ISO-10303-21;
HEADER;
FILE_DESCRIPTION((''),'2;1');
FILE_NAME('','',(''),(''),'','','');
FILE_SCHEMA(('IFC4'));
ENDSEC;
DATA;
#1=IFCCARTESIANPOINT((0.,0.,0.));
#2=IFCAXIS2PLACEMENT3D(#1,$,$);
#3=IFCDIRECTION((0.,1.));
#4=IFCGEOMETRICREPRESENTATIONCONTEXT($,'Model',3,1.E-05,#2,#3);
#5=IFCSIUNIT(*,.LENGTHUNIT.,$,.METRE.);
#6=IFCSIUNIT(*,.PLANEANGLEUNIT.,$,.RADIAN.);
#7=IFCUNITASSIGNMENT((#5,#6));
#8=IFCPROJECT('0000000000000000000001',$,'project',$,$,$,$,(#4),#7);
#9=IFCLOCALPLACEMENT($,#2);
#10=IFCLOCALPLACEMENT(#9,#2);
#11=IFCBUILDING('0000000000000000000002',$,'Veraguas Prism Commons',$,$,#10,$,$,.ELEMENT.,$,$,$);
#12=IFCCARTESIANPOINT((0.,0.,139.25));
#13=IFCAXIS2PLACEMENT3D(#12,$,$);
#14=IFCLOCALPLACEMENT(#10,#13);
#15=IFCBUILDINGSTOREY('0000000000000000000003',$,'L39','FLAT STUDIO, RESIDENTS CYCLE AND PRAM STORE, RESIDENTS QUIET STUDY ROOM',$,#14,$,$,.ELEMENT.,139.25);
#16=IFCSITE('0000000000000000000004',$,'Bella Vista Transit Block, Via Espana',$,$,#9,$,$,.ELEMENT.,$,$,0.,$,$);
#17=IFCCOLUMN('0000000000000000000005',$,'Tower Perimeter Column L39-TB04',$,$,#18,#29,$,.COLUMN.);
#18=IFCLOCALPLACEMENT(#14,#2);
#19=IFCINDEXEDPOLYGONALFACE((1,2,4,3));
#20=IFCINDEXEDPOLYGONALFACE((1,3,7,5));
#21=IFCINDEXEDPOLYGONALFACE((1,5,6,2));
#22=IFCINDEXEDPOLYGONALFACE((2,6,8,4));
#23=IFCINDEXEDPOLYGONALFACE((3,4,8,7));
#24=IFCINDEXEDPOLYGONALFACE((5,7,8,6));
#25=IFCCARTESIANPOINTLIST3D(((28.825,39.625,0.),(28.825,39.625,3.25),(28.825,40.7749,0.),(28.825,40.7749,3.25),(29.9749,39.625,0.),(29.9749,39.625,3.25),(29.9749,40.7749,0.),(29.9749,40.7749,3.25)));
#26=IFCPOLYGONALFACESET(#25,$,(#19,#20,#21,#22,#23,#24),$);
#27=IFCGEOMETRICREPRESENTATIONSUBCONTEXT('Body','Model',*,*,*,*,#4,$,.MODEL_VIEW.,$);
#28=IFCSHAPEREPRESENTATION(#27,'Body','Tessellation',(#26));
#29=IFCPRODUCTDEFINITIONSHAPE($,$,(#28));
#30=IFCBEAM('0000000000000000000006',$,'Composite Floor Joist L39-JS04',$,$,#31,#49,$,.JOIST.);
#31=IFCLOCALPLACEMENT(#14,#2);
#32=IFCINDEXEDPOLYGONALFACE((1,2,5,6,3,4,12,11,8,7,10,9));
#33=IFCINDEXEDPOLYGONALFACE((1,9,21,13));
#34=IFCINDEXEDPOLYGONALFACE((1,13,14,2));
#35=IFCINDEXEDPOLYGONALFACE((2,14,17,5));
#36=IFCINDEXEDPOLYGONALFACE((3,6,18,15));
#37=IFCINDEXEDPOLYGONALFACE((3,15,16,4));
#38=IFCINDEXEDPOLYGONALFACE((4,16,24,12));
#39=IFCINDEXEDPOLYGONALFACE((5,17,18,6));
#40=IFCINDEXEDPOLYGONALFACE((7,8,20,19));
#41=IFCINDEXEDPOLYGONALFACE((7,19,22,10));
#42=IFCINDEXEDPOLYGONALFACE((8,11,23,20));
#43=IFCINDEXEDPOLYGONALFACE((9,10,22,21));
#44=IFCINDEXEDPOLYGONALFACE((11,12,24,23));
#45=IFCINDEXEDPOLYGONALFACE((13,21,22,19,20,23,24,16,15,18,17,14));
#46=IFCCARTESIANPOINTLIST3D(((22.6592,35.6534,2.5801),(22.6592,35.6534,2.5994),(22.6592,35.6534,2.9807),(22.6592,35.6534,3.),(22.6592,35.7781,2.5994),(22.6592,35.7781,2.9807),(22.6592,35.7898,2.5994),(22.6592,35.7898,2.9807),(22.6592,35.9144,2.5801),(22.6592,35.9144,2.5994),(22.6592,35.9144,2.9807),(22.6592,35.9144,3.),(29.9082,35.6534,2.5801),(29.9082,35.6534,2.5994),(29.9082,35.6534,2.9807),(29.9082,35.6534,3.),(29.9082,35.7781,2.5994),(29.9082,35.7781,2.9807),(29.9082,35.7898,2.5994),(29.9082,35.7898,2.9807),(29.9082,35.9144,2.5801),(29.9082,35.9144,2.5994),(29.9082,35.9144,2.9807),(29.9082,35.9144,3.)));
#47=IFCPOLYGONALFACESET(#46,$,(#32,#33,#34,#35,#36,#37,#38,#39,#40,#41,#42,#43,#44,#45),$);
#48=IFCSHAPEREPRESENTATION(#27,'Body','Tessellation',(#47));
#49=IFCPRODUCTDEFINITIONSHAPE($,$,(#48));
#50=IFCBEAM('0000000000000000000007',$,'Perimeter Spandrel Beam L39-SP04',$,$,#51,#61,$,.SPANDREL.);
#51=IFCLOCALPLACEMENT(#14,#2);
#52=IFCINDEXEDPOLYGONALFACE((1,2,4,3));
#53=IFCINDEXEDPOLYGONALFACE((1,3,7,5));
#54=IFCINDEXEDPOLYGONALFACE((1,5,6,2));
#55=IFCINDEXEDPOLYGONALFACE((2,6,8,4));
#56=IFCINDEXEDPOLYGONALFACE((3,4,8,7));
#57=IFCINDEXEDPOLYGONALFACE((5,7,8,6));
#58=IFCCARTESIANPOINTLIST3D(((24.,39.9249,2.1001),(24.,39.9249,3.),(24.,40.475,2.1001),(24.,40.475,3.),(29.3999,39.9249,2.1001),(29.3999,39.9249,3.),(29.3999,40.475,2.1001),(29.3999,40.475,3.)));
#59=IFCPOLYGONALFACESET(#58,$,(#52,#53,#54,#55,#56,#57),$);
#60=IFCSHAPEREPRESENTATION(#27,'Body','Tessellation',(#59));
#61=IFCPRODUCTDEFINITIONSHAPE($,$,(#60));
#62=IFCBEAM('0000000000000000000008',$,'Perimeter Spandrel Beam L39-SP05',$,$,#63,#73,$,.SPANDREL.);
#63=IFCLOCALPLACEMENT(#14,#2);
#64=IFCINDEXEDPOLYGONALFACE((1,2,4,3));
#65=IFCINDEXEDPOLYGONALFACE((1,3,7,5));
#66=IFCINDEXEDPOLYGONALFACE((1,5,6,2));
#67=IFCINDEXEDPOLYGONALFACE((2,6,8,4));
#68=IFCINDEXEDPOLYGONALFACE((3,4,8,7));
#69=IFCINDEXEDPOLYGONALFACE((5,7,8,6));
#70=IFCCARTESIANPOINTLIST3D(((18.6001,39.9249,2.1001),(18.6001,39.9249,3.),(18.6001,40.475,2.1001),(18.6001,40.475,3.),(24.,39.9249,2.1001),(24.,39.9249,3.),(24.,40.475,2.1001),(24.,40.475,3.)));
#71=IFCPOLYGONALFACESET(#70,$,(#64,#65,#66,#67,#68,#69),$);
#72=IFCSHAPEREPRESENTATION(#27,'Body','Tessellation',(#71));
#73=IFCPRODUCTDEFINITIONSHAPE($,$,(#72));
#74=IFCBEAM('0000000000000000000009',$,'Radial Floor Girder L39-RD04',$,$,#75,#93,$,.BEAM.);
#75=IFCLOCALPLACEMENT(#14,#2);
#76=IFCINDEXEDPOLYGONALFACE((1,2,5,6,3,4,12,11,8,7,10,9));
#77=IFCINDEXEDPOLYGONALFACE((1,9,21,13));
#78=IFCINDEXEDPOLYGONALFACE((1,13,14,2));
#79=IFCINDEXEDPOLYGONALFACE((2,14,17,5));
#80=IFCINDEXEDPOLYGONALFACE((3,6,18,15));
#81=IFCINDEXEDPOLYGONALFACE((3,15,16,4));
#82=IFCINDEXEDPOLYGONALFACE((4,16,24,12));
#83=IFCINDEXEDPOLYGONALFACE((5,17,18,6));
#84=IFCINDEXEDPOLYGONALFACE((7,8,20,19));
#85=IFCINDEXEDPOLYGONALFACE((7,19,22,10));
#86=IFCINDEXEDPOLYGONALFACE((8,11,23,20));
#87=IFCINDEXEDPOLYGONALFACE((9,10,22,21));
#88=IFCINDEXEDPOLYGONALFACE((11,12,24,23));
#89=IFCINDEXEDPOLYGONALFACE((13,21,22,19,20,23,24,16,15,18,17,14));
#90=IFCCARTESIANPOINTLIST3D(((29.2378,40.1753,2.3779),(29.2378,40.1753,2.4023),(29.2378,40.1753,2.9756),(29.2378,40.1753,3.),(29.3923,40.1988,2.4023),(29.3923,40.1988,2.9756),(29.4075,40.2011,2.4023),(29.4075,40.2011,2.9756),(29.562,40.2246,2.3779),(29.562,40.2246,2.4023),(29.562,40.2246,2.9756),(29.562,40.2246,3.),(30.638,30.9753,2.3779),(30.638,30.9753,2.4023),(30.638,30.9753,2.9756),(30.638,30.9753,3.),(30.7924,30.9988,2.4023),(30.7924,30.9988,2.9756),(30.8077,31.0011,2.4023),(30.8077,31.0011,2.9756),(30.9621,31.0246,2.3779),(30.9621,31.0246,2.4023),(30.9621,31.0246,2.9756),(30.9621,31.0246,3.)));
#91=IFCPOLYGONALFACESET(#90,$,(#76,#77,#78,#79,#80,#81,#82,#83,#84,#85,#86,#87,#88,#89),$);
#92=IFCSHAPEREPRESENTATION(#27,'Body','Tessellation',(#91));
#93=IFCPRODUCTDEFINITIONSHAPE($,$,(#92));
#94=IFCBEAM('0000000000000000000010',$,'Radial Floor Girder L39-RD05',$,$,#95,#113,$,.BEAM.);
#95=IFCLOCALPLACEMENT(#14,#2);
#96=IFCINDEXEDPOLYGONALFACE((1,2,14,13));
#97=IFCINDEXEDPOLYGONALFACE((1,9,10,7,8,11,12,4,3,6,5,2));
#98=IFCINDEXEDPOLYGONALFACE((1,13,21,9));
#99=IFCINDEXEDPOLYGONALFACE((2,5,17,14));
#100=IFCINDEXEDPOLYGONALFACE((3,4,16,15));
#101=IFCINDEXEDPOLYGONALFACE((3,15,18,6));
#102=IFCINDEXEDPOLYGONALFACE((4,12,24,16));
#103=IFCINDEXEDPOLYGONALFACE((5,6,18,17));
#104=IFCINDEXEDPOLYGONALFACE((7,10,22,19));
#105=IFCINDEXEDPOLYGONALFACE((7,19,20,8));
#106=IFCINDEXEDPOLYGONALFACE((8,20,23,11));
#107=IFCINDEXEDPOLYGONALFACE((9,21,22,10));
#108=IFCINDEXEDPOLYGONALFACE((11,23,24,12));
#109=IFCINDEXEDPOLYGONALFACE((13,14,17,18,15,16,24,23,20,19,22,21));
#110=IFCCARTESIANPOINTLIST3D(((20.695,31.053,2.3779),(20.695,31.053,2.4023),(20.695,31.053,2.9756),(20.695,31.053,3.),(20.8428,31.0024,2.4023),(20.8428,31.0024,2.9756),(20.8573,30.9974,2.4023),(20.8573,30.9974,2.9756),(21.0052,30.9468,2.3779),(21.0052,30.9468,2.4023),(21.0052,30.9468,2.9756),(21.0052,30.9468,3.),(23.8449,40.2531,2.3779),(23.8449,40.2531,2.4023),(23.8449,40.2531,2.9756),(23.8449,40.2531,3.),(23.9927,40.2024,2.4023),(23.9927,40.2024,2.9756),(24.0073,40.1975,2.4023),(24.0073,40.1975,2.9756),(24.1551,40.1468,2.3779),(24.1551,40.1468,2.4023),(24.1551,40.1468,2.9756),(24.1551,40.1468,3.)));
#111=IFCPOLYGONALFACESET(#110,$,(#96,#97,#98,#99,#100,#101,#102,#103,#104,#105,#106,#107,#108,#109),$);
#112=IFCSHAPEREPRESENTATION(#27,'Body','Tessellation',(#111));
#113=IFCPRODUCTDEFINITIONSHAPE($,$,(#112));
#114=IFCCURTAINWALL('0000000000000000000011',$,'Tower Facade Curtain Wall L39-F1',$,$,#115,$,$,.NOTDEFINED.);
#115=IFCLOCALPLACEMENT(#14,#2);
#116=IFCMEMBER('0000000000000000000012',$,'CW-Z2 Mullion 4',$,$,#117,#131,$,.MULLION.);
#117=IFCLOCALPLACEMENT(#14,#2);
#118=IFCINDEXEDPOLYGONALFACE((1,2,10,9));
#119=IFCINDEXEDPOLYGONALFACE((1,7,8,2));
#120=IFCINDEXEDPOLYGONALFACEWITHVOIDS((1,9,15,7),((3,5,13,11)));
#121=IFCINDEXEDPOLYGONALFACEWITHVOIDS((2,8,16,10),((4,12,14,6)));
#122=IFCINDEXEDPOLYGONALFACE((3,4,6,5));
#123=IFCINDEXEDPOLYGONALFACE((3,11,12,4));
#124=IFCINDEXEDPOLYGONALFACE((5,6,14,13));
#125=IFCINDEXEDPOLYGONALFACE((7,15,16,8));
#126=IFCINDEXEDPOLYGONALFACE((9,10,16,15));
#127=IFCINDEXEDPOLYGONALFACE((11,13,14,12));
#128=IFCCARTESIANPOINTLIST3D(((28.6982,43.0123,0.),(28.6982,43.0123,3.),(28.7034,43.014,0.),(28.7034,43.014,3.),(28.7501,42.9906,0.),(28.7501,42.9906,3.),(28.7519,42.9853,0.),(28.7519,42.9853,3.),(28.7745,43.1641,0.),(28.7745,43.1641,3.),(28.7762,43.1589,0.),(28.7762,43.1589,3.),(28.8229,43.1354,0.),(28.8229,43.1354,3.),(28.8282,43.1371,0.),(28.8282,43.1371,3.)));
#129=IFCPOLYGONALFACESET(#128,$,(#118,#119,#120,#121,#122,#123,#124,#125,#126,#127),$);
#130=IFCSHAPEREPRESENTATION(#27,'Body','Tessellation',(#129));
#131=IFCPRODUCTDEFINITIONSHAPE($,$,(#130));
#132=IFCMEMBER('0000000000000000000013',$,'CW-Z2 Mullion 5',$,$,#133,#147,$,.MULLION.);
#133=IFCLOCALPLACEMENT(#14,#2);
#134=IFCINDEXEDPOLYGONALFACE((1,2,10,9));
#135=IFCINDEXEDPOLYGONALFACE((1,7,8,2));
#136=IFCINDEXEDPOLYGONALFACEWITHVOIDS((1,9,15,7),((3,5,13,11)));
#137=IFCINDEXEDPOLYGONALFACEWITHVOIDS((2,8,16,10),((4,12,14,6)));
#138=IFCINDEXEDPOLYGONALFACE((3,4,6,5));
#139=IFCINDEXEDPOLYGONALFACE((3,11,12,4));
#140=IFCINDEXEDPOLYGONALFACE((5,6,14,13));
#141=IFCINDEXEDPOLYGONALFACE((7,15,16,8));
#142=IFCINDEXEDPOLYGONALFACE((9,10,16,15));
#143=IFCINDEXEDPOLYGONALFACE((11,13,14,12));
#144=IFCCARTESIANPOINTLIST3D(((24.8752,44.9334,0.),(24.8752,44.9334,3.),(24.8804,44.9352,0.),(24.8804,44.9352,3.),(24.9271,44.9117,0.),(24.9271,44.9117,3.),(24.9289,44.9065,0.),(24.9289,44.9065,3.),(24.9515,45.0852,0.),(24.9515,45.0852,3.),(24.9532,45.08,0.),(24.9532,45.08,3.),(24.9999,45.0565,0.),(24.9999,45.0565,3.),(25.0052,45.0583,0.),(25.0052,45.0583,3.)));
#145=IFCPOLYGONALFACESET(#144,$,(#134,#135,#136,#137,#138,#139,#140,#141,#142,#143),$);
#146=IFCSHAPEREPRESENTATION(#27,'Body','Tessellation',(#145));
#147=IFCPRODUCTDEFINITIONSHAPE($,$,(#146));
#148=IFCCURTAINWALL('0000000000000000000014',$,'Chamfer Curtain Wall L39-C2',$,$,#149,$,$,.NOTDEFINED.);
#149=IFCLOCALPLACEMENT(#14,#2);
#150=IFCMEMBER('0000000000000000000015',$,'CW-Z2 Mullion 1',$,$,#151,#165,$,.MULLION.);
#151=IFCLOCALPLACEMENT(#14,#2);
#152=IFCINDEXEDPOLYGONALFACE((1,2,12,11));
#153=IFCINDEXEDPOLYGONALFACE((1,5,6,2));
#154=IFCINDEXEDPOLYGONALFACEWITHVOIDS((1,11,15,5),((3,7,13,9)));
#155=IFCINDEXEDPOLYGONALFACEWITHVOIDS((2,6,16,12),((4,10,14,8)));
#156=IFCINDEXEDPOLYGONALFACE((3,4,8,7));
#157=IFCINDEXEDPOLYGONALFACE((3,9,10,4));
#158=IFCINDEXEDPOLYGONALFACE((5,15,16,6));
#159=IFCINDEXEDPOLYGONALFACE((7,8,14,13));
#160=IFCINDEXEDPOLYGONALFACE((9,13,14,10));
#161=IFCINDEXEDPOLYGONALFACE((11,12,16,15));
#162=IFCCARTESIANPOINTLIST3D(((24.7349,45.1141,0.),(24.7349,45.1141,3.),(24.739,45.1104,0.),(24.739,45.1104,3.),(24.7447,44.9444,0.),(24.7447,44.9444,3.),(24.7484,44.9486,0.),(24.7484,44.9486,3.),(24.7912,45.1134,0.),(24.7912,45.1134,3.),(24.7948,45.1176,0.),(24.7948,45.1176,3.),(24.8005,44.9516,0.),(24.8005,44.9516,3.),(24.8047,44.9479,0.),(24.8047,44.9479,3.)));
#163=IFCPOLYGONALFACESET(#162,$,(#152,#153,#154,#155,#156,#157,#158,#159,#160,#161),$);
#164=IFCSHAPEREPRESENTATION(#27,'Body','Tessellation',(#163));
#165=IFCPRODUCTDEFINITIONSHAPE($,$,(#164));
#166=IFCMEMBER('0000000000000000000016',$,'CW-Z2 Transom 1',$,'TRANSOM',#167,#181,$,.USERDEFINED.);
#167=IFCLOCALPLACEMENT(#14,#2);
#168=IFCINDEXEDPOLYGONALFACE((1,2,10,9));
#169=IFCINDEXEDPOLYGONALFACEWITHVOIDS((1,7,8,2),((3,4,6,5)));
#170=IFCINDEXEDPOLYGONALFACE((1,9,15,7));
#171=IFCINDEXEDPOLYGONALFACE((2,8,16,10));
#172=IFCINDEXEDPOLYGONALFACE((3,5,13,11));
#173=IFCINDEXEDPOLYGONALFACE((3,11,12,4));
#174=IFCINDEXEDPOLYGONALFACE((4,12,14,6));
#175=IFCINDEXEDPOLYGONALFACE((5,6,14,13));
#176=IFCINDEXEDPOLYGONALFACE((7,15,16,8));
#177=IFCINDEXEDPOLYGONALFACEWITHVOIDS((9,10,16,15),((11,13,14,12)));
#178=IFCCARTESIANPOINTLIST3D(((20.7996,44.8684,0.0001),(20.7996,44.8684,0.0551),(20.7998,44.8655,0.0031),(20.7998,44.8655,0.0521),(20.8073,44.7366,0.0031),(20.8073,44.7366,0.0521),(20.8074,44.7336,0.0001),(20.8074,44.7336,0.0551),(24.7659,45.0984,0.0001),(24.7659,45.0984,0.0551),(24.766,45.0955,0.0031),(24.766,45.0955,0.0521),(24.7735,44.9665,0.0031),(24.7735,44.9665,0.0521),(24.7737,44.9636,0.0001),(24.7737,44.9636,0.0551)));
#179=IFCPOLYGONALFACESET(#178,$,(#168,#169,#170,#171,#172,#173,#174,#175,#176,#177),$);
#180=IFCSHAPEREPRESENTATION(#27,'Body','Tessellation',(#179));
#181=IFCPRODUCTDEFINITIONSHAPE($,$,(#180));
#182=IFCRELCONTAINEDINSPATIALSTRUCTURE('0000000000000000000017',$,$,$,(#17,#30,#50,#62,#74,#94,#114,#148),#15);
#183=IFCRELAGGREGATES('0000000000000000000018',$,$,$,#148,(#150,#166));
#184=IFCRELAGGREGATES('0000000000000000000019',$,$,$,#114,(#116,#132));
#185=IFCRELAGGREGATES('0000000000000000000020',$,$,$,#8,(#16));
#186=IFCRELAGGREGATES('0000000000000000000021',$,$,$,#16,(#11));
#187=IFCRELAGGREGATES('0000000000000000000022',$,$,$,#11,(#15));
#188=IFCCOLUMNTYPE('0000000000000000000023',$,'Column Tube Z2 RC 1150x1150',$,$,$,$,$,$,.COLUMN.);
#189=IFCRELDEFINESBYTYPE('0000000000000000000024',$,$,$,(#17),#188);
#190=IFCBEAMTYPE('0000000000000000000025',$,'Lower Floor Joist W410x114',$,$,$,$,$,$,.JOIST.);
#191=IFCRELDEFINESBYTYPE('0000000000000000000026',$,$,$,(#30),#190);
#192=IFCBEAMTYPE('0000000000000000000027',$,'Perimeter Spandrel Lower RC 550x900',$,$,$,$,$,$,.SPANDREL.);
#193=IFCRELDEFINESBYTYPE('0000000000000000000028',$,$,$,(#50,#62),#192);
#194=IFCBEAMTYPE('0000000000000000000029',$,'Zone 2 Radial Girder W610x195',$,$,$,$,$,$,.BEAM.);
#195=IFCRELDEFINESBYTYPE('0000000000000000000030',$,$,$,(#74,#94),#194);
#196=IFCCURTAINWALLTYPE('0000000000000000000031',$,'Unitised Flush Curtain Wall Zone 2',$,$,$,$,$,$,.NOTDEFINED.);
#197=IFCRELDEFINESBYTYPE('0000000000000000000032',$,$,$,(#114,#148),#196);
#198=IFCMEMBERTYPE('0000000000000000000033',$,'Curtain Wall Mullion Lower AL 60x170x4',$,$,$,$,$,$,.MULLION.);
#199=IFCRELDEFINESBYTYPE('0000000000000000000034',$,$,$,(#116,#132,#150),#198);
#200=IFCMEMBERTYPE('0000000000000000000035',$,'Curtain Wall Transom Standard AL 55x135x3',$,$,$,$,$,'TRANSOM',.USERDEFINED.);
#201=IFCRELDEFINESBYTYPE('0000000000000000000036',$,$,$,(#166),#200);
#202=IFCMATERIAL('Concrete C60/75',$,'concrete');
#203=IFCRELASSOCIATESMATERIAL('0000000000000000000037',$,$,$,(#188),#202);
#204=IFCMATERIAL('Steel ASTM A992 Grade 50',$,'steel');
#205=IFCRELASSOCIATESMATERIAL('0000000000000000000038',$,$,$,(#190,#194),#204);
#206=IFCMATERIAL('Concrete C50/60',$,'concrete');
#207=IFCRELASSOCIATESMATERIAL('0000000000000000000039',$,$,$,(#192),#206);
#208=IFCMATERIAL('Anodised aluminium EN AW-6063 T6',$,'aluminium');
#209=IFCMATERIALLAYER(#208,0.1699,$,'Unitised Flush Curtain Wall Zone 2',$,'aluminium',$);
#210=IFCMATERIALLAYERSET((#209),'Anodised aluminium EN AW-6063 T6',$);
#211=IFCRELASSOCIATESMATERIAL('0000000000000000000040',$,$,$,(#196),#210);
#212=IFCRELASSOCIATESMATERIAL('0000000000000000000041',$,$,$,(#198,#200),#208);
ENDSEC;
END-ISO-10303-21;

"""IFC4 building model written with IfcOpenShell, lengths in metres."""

from ifc_helpers import new_model, si_unit, direction, frame, origin, origin_2d, place, context, subcontext, project, spatial, rectangle, hollow_rectangle, i_section, extrude, source, transform, mapped, material, layer, layer_set, material_profile, profile_set, type_object, element, aggregate, save


model = new_model("IFC4")

# Units and contexts
model_context = context("Model", 3, precision=1e-05, world=origin(), true_north=direction((0.0, 1.0)))
body_context = subcontext(model_context, "Body", "Model", "MODEL_VIEW")
ifc_project = project(units=[si_unit("LENGTHUNIT", "METRE"), si_unit("PLANEANGLEUNIT", "RADIAN")], contexts=[model_context])

# Site, building, storey
site_placement = place(None, origin())
site = spatial("IfcSite", under=ifc_project, at=site_placement, Name="Bella Vista Transit Block, Via Espana", CompositionType="ELEMENT", RefElevation=0.0)
building_placement = place(site_placement, origin())
building = spatial("IfcBuilding", under=site, at=building_placement, Name="Veraguas Prism Commons", CompositionType="ELEMENT")
storey_placement = place(building_placement, frame((0.0, 0.0, 139.25)))
storey = spatial("IfcBuildingStorey", under=building, at=storey_placement, Name="L39", Description="FLAT STUDIO, RESIDENTS CYCLE AND PRAM STORE, RESIDENTS QUIET STUDY ROOM", CompositionType="ELEMENT", Elevation=139.25)

# Column
ifc_material_1 = material(Name="Concrete C60/75", Category="concrete")
ifc_material_profile_1 = material_profile(ifc_material_1, rectangle(XDim=1.1499, YDim=1.1499, at=origin_2d()), Name="RC1150X1150")
ifc_profile_set_1 = profile_set([ifc_material_profile_1], Name="Concrete C60/75")
column_type = type_object("IfcColumnType", Name="Column Tube Z2 RC 1150x1150", PredefinedType="COLUMN", material=ifc_profile_set_1)
column_placement = place(storey_placement, frame((29.3999, 40.2, 0.0), z_axis=(0.0, 0.0, 1.0), x_axis=(1.0, 0.0, 0.0)))
element("IfcColumn", 1, at=column_placement, inside=storey, type_object=column_type, Name="Tower Perimeter Column L39-TB04", PredefinedType="COLUMN", context=body_context, shape_type="SweptSolid", body=[
    extrude(rectangle(XDim=1.1499, YDim=1.1499, at=origin_2d()), origin(), (0.0, 0.0, 1.0), 3.25),
])

# Beams
ifc_material_2 = material(Name="Steel ASTM A992 Grade 50", Category="steel")
ifc_material_profile_2 = material_profile(ifc_material_2, i_section(OverallWidth=0.261, OverallDepth=0.4199, WebThickness=0.0117, FlangeThickness=0.0193, at=origin_2d()), Name="W410X114")
ifc_profile_set_2 = profile_set([ifc_material_profile_2], Name="Steel ASTM A992 Grade 50")
beam_type_1 = type_object("IfcBeamType", Name="Lower Floor Joist W410x114", PredefinedType="JOIST", material=ifc_profile_set_2)
beam_1_placement = place(storey_placement, frame((29.9082, 35.7839, 2.79), z_axis=(-1.0, 0.0, 0.0), x_axis=(0.0, -1.0, 0.0)))
element("IfcBeam", 2, at=beam_1_placement, inside=storey, type_object=beam_type_1, Name="Composite Floor Joist L39-JS04", PredefinedType="JOIST", context=body_context, shape_type="SweptSolid", body=[
    extrude(i_section(OverallWidth=0.261, OverallDepth=0.4199, WebThickness=0.0117, FlangeThickness=0.0193, at=origin_2d()), origin(), (0.0, 0.0, 1.0), 7.249),
])
ifc_material_3 = material(Name="Concrete C50/60", Category="concrete")
ifc_material_profile_3 = material_profile(ifc_material_3, rectangle(XDim=0.55, YDim=0.8999, at=origin_2d()), Name="RC550X900")
ifc_profile_set_3 = profile_set([ifc_material_profile_3], Name="Concrete C50/60")
beam_type_2 = type_object("IfcBeamType", Name="Perimeter Spandrel Lower RC 550x900", PredefinedType="SPANDREL", material=ifc_profile_set_3)
for number, where, z_axis, x_axis, name in (
    (3, (29.3999, 40.2, 2.55), (-1.0, 0.0, 0.0), (0.0, -1.0, 0.0), "Perimeter Spandrel Beam L39-SP04"),
    (4, (24.0, 40.2, 2.55), (-1.0, 0.0, 0.0), (0.0, -1.0, 0.0), "Perimeter Spandrel Beam L39-SP05"),
):
    element("IfcBeam", number, at=place(storey_placement, frame(where, z_axis=z_axis, x_axis=x_axis)), inside=storey, type_object=beam_type_2, Name=name, PredefinedType="SPANDREL", context=body_context, shape_type="SweptSolid", body=[
        extrude(rectangle(XDim=0.55, YDim=0.8999, at=origin_2d()), origin(), (0.0, 0.0, 1.0), 5.3999),
    ])
ifc_material_profile_4 = material_profile(ifc_material_2, i_section(OverallWidth=0.3279, OverallDepth=0.6221, WebThickness=0.0154, FlangeThickness=0.0244, at=origin_2d()), Name="W610X195")
ifc_profile_set_4 = profile_set([ifc_material_profile_4], Name="Steel ASTM A992 Grade 50")
beam_type_3 = type_object("IfcBeamType", Name="Zone 2 Radial Girder W610x195", PredefinedType="BEAM", material=ifc_profile_set_4)
beam_2_placement = place(storey_placement, frame((29.3999, 40.2, 2.689), z_axis=(0.150458, -0.988616, 0.0), x_axis=(0.988616, 0.150458, 0.0)))
element("IfcBeam", 5, at=beam_2_placement, inside=storey, type_object=beam_type_3, Name="Radial Floor Girder L39-RD04", PredefinedType="BEAM", context=body_context, shape_type="SweptSolid", body=[
    extrude(i_section(OverallWidth=0.3279, OverallDepth=0.6221, WebThickness=0.0154, FlangeThickness=0.0244, at=origin_2d()), origin(), (0.0, 0.0, 1.0), 9.3059),
])
beam_3_placement = place(storey_placement, frame((24.0, 40.2, 2.689), z_axis=(-0.323922, -0.946084, 0.0), x_axis=(0.946084, -0.323922, 0.0)))
element("IfcBeam", 6, at=beam_3_placement, inside=storey, type_object=beam_type_3, Name="Radial Floor Girder L39-RD05", PredefinedType="BEAM", context=body_context, shape_type="SweptSolid", body=[
    extrude(i_section(OverallWidth=0.3279, OverallDepth=0.6221, WebThickness=0.0154, FlangeThickness=0.0244, at=origin_2d()), origin(), (0.0, 0.0, 1.0), 9.7244),
])

# Curtain walls, members
ifc_material_4 = material(Name="Anodised aluminium EN AW-6063 T6", Category="aluminium")
ifc_layer_1 = layer(ifc_material_4, 0.1699, Name="Unitised Flush Curtain Wall Zone 2", Category="aluminium")
ifc_layer_set_1 = layer_set([ifc_layer_1], Name="Anodised aluminium EN AW-6063 T6")
curtain_wall_type = type_object("IfcCurtainWallType", Name="Unitised Flush Curtain Wall Zone 2", PredefinedType="NOTDEFINED", material=ifc_layer_set_1)
curtain_wall_1_placement = place(storey_placement, origin())
curtain_wall_1 = element("IfcCurtainWall", 7, at=curtain_wall_1_placement, inside=storey, type_object=curtain_wall_type, Name="Tower Facade Curtain Wall L39-F1", PredefinedType="NOTDEFINED")
ifc_material_profile_5 = material_profile(ifc_material_4, hollow_rectangle(XDim=0.0601, YDim=0.1699, WallThickness=0.0039, at=origin_2d()), Name="AL60X170X4")
ifc_profile_set_5 = profile_set([ifc_material_profile_5], Name="Anodised aluminium EN AW-6063 T6")
member_type_1 = type_object("IfcMemberType", Name="Curtain Wall Mullion Lower AL 60x170x4", PredefinedType="MULLION", material=ifc_profile_set_5)
shared_shape_1 = source(origin(), body_context, "Body", "SweptSolid", [
    extrude(hollow_rectangle(XDim=0.0601, YDim=0.1699, WallThickness=0.0039, at=origin_2d()), origin(), (0.0, 0.0, 1.0), 3.0),
])
member_1_placement = place(storey_placement, frame((28.7632, 43.0747, 0.0), z_axis=(0.0, 0.0, 1.0), x_axis=(-0.893526, 0.449012, 0.0)))
member_1 = element("IfcMember", 8, at=member_1_placement, type_object=member_type_1, Name="CW-Z2 Mullion 4", PredefinedType="MULLION", context=body_context, shape_type="MappedRepresentation", body=[
    mapped(shared_shape_1, transform((0.0, 0.0, 0.0), scale=1.0)),
])
member_2_placement = place(storey_placement, frame((24.9402, 44.9958, 0.0), z_axis=(0.0, 0.0, 1.0), x_axis=(-0.893526, 0.449012, 0.0)))
member_2 = element("IfcMember", 9, at=member_2_placement, type_object=member_type_1, Name="CW-Z2 Mullion 5", PredefinedType="MULLION", context=body_context, shape_type="MappedRepresentation", body=[
    mapped(shared_shape_1, transform((0.0, 0.0, 0.0), scale=1.0)),
])
curtain_wall_2_placement = place(storey_placement, origin())
curtain_wall_2 = element("IfcCurtainWall", 10, at=curtain_wall_2_placement, inside=storey, type_object=curtain_wall_type, Name="Chamfer Curtain Wall L39-C2", PredefinedType="NOTDEFINED")
member_3_placement = place(storey_placement, frame((24.7698, 45.031, 0.0), z_axis=(0.0, 0.0, 1.0), x_axis=(-0.998323, -0.057897, 0.0)))
member_3 = element("IfcMember", 11, at=member_3_placement, type_object=member_type_1, Name="CW-Z2 Mullion 1", PredefinedType="MULLION", context=body_context, shape_type="MappedRepresentation", body=[
    mapped(shared_shape_1, transform((0.0, 0.0, 0.0), scale=1.0)),
])
ifc_material_profile_6 = material_profile(ifc_material_4, hollow_rectangle(XDim=0.0549, YDim=0.135, WallThickness=0.0029, at=origin_2d()), Name="AL55X135X3")
ifc_profile_set_6 = profile_set([ifc_material_profile_6], Name="Anodised aluminium EN AW-6063 T6")
member_type_2 = type_object("IfcMemberType", Name="Curtain Wall Transom Standard AL 55x135x3", ElementType="TRANSOM", PredefinedType="USERDEFINED", material=ifc_profile_set_6)
shared_shape_2 = source(origin(), body_context, "Body", "SweptSolid", [
    extrude(hollow_rectangle(XDim=0.0549, YDim=0.135, WallThickness=0.0029, at=origin_2d()), origin(), (0.0, 0.0, 1.0), 3.9729),
])
member_4_placement = place(storey_placement, frame((24.7698, 45.031, 0.0276), z_axis=(-0.998323, -0.057886, 0.0), x_axis=(0.0, 0.0, 1.0)))
member_4 = element("IfcMember", 12, at=member_4_placement, type_object=member_type_2, Name="CW-Z2 Transom 1", ObjectType="TRANSOM", PredefinedType="USERDEFINED", context=body_context, shape_type="MappedRepresentation", body=[
    mapped(shared_shape_2, transform((0.0, 0.0, 0.0), scale=1.0)),
])
aggregate(curtain_wall_2, [member_3, member_4])

aggregate(curtain_wall_1, [member_1, member_2])

save(model, "model.ifc")
